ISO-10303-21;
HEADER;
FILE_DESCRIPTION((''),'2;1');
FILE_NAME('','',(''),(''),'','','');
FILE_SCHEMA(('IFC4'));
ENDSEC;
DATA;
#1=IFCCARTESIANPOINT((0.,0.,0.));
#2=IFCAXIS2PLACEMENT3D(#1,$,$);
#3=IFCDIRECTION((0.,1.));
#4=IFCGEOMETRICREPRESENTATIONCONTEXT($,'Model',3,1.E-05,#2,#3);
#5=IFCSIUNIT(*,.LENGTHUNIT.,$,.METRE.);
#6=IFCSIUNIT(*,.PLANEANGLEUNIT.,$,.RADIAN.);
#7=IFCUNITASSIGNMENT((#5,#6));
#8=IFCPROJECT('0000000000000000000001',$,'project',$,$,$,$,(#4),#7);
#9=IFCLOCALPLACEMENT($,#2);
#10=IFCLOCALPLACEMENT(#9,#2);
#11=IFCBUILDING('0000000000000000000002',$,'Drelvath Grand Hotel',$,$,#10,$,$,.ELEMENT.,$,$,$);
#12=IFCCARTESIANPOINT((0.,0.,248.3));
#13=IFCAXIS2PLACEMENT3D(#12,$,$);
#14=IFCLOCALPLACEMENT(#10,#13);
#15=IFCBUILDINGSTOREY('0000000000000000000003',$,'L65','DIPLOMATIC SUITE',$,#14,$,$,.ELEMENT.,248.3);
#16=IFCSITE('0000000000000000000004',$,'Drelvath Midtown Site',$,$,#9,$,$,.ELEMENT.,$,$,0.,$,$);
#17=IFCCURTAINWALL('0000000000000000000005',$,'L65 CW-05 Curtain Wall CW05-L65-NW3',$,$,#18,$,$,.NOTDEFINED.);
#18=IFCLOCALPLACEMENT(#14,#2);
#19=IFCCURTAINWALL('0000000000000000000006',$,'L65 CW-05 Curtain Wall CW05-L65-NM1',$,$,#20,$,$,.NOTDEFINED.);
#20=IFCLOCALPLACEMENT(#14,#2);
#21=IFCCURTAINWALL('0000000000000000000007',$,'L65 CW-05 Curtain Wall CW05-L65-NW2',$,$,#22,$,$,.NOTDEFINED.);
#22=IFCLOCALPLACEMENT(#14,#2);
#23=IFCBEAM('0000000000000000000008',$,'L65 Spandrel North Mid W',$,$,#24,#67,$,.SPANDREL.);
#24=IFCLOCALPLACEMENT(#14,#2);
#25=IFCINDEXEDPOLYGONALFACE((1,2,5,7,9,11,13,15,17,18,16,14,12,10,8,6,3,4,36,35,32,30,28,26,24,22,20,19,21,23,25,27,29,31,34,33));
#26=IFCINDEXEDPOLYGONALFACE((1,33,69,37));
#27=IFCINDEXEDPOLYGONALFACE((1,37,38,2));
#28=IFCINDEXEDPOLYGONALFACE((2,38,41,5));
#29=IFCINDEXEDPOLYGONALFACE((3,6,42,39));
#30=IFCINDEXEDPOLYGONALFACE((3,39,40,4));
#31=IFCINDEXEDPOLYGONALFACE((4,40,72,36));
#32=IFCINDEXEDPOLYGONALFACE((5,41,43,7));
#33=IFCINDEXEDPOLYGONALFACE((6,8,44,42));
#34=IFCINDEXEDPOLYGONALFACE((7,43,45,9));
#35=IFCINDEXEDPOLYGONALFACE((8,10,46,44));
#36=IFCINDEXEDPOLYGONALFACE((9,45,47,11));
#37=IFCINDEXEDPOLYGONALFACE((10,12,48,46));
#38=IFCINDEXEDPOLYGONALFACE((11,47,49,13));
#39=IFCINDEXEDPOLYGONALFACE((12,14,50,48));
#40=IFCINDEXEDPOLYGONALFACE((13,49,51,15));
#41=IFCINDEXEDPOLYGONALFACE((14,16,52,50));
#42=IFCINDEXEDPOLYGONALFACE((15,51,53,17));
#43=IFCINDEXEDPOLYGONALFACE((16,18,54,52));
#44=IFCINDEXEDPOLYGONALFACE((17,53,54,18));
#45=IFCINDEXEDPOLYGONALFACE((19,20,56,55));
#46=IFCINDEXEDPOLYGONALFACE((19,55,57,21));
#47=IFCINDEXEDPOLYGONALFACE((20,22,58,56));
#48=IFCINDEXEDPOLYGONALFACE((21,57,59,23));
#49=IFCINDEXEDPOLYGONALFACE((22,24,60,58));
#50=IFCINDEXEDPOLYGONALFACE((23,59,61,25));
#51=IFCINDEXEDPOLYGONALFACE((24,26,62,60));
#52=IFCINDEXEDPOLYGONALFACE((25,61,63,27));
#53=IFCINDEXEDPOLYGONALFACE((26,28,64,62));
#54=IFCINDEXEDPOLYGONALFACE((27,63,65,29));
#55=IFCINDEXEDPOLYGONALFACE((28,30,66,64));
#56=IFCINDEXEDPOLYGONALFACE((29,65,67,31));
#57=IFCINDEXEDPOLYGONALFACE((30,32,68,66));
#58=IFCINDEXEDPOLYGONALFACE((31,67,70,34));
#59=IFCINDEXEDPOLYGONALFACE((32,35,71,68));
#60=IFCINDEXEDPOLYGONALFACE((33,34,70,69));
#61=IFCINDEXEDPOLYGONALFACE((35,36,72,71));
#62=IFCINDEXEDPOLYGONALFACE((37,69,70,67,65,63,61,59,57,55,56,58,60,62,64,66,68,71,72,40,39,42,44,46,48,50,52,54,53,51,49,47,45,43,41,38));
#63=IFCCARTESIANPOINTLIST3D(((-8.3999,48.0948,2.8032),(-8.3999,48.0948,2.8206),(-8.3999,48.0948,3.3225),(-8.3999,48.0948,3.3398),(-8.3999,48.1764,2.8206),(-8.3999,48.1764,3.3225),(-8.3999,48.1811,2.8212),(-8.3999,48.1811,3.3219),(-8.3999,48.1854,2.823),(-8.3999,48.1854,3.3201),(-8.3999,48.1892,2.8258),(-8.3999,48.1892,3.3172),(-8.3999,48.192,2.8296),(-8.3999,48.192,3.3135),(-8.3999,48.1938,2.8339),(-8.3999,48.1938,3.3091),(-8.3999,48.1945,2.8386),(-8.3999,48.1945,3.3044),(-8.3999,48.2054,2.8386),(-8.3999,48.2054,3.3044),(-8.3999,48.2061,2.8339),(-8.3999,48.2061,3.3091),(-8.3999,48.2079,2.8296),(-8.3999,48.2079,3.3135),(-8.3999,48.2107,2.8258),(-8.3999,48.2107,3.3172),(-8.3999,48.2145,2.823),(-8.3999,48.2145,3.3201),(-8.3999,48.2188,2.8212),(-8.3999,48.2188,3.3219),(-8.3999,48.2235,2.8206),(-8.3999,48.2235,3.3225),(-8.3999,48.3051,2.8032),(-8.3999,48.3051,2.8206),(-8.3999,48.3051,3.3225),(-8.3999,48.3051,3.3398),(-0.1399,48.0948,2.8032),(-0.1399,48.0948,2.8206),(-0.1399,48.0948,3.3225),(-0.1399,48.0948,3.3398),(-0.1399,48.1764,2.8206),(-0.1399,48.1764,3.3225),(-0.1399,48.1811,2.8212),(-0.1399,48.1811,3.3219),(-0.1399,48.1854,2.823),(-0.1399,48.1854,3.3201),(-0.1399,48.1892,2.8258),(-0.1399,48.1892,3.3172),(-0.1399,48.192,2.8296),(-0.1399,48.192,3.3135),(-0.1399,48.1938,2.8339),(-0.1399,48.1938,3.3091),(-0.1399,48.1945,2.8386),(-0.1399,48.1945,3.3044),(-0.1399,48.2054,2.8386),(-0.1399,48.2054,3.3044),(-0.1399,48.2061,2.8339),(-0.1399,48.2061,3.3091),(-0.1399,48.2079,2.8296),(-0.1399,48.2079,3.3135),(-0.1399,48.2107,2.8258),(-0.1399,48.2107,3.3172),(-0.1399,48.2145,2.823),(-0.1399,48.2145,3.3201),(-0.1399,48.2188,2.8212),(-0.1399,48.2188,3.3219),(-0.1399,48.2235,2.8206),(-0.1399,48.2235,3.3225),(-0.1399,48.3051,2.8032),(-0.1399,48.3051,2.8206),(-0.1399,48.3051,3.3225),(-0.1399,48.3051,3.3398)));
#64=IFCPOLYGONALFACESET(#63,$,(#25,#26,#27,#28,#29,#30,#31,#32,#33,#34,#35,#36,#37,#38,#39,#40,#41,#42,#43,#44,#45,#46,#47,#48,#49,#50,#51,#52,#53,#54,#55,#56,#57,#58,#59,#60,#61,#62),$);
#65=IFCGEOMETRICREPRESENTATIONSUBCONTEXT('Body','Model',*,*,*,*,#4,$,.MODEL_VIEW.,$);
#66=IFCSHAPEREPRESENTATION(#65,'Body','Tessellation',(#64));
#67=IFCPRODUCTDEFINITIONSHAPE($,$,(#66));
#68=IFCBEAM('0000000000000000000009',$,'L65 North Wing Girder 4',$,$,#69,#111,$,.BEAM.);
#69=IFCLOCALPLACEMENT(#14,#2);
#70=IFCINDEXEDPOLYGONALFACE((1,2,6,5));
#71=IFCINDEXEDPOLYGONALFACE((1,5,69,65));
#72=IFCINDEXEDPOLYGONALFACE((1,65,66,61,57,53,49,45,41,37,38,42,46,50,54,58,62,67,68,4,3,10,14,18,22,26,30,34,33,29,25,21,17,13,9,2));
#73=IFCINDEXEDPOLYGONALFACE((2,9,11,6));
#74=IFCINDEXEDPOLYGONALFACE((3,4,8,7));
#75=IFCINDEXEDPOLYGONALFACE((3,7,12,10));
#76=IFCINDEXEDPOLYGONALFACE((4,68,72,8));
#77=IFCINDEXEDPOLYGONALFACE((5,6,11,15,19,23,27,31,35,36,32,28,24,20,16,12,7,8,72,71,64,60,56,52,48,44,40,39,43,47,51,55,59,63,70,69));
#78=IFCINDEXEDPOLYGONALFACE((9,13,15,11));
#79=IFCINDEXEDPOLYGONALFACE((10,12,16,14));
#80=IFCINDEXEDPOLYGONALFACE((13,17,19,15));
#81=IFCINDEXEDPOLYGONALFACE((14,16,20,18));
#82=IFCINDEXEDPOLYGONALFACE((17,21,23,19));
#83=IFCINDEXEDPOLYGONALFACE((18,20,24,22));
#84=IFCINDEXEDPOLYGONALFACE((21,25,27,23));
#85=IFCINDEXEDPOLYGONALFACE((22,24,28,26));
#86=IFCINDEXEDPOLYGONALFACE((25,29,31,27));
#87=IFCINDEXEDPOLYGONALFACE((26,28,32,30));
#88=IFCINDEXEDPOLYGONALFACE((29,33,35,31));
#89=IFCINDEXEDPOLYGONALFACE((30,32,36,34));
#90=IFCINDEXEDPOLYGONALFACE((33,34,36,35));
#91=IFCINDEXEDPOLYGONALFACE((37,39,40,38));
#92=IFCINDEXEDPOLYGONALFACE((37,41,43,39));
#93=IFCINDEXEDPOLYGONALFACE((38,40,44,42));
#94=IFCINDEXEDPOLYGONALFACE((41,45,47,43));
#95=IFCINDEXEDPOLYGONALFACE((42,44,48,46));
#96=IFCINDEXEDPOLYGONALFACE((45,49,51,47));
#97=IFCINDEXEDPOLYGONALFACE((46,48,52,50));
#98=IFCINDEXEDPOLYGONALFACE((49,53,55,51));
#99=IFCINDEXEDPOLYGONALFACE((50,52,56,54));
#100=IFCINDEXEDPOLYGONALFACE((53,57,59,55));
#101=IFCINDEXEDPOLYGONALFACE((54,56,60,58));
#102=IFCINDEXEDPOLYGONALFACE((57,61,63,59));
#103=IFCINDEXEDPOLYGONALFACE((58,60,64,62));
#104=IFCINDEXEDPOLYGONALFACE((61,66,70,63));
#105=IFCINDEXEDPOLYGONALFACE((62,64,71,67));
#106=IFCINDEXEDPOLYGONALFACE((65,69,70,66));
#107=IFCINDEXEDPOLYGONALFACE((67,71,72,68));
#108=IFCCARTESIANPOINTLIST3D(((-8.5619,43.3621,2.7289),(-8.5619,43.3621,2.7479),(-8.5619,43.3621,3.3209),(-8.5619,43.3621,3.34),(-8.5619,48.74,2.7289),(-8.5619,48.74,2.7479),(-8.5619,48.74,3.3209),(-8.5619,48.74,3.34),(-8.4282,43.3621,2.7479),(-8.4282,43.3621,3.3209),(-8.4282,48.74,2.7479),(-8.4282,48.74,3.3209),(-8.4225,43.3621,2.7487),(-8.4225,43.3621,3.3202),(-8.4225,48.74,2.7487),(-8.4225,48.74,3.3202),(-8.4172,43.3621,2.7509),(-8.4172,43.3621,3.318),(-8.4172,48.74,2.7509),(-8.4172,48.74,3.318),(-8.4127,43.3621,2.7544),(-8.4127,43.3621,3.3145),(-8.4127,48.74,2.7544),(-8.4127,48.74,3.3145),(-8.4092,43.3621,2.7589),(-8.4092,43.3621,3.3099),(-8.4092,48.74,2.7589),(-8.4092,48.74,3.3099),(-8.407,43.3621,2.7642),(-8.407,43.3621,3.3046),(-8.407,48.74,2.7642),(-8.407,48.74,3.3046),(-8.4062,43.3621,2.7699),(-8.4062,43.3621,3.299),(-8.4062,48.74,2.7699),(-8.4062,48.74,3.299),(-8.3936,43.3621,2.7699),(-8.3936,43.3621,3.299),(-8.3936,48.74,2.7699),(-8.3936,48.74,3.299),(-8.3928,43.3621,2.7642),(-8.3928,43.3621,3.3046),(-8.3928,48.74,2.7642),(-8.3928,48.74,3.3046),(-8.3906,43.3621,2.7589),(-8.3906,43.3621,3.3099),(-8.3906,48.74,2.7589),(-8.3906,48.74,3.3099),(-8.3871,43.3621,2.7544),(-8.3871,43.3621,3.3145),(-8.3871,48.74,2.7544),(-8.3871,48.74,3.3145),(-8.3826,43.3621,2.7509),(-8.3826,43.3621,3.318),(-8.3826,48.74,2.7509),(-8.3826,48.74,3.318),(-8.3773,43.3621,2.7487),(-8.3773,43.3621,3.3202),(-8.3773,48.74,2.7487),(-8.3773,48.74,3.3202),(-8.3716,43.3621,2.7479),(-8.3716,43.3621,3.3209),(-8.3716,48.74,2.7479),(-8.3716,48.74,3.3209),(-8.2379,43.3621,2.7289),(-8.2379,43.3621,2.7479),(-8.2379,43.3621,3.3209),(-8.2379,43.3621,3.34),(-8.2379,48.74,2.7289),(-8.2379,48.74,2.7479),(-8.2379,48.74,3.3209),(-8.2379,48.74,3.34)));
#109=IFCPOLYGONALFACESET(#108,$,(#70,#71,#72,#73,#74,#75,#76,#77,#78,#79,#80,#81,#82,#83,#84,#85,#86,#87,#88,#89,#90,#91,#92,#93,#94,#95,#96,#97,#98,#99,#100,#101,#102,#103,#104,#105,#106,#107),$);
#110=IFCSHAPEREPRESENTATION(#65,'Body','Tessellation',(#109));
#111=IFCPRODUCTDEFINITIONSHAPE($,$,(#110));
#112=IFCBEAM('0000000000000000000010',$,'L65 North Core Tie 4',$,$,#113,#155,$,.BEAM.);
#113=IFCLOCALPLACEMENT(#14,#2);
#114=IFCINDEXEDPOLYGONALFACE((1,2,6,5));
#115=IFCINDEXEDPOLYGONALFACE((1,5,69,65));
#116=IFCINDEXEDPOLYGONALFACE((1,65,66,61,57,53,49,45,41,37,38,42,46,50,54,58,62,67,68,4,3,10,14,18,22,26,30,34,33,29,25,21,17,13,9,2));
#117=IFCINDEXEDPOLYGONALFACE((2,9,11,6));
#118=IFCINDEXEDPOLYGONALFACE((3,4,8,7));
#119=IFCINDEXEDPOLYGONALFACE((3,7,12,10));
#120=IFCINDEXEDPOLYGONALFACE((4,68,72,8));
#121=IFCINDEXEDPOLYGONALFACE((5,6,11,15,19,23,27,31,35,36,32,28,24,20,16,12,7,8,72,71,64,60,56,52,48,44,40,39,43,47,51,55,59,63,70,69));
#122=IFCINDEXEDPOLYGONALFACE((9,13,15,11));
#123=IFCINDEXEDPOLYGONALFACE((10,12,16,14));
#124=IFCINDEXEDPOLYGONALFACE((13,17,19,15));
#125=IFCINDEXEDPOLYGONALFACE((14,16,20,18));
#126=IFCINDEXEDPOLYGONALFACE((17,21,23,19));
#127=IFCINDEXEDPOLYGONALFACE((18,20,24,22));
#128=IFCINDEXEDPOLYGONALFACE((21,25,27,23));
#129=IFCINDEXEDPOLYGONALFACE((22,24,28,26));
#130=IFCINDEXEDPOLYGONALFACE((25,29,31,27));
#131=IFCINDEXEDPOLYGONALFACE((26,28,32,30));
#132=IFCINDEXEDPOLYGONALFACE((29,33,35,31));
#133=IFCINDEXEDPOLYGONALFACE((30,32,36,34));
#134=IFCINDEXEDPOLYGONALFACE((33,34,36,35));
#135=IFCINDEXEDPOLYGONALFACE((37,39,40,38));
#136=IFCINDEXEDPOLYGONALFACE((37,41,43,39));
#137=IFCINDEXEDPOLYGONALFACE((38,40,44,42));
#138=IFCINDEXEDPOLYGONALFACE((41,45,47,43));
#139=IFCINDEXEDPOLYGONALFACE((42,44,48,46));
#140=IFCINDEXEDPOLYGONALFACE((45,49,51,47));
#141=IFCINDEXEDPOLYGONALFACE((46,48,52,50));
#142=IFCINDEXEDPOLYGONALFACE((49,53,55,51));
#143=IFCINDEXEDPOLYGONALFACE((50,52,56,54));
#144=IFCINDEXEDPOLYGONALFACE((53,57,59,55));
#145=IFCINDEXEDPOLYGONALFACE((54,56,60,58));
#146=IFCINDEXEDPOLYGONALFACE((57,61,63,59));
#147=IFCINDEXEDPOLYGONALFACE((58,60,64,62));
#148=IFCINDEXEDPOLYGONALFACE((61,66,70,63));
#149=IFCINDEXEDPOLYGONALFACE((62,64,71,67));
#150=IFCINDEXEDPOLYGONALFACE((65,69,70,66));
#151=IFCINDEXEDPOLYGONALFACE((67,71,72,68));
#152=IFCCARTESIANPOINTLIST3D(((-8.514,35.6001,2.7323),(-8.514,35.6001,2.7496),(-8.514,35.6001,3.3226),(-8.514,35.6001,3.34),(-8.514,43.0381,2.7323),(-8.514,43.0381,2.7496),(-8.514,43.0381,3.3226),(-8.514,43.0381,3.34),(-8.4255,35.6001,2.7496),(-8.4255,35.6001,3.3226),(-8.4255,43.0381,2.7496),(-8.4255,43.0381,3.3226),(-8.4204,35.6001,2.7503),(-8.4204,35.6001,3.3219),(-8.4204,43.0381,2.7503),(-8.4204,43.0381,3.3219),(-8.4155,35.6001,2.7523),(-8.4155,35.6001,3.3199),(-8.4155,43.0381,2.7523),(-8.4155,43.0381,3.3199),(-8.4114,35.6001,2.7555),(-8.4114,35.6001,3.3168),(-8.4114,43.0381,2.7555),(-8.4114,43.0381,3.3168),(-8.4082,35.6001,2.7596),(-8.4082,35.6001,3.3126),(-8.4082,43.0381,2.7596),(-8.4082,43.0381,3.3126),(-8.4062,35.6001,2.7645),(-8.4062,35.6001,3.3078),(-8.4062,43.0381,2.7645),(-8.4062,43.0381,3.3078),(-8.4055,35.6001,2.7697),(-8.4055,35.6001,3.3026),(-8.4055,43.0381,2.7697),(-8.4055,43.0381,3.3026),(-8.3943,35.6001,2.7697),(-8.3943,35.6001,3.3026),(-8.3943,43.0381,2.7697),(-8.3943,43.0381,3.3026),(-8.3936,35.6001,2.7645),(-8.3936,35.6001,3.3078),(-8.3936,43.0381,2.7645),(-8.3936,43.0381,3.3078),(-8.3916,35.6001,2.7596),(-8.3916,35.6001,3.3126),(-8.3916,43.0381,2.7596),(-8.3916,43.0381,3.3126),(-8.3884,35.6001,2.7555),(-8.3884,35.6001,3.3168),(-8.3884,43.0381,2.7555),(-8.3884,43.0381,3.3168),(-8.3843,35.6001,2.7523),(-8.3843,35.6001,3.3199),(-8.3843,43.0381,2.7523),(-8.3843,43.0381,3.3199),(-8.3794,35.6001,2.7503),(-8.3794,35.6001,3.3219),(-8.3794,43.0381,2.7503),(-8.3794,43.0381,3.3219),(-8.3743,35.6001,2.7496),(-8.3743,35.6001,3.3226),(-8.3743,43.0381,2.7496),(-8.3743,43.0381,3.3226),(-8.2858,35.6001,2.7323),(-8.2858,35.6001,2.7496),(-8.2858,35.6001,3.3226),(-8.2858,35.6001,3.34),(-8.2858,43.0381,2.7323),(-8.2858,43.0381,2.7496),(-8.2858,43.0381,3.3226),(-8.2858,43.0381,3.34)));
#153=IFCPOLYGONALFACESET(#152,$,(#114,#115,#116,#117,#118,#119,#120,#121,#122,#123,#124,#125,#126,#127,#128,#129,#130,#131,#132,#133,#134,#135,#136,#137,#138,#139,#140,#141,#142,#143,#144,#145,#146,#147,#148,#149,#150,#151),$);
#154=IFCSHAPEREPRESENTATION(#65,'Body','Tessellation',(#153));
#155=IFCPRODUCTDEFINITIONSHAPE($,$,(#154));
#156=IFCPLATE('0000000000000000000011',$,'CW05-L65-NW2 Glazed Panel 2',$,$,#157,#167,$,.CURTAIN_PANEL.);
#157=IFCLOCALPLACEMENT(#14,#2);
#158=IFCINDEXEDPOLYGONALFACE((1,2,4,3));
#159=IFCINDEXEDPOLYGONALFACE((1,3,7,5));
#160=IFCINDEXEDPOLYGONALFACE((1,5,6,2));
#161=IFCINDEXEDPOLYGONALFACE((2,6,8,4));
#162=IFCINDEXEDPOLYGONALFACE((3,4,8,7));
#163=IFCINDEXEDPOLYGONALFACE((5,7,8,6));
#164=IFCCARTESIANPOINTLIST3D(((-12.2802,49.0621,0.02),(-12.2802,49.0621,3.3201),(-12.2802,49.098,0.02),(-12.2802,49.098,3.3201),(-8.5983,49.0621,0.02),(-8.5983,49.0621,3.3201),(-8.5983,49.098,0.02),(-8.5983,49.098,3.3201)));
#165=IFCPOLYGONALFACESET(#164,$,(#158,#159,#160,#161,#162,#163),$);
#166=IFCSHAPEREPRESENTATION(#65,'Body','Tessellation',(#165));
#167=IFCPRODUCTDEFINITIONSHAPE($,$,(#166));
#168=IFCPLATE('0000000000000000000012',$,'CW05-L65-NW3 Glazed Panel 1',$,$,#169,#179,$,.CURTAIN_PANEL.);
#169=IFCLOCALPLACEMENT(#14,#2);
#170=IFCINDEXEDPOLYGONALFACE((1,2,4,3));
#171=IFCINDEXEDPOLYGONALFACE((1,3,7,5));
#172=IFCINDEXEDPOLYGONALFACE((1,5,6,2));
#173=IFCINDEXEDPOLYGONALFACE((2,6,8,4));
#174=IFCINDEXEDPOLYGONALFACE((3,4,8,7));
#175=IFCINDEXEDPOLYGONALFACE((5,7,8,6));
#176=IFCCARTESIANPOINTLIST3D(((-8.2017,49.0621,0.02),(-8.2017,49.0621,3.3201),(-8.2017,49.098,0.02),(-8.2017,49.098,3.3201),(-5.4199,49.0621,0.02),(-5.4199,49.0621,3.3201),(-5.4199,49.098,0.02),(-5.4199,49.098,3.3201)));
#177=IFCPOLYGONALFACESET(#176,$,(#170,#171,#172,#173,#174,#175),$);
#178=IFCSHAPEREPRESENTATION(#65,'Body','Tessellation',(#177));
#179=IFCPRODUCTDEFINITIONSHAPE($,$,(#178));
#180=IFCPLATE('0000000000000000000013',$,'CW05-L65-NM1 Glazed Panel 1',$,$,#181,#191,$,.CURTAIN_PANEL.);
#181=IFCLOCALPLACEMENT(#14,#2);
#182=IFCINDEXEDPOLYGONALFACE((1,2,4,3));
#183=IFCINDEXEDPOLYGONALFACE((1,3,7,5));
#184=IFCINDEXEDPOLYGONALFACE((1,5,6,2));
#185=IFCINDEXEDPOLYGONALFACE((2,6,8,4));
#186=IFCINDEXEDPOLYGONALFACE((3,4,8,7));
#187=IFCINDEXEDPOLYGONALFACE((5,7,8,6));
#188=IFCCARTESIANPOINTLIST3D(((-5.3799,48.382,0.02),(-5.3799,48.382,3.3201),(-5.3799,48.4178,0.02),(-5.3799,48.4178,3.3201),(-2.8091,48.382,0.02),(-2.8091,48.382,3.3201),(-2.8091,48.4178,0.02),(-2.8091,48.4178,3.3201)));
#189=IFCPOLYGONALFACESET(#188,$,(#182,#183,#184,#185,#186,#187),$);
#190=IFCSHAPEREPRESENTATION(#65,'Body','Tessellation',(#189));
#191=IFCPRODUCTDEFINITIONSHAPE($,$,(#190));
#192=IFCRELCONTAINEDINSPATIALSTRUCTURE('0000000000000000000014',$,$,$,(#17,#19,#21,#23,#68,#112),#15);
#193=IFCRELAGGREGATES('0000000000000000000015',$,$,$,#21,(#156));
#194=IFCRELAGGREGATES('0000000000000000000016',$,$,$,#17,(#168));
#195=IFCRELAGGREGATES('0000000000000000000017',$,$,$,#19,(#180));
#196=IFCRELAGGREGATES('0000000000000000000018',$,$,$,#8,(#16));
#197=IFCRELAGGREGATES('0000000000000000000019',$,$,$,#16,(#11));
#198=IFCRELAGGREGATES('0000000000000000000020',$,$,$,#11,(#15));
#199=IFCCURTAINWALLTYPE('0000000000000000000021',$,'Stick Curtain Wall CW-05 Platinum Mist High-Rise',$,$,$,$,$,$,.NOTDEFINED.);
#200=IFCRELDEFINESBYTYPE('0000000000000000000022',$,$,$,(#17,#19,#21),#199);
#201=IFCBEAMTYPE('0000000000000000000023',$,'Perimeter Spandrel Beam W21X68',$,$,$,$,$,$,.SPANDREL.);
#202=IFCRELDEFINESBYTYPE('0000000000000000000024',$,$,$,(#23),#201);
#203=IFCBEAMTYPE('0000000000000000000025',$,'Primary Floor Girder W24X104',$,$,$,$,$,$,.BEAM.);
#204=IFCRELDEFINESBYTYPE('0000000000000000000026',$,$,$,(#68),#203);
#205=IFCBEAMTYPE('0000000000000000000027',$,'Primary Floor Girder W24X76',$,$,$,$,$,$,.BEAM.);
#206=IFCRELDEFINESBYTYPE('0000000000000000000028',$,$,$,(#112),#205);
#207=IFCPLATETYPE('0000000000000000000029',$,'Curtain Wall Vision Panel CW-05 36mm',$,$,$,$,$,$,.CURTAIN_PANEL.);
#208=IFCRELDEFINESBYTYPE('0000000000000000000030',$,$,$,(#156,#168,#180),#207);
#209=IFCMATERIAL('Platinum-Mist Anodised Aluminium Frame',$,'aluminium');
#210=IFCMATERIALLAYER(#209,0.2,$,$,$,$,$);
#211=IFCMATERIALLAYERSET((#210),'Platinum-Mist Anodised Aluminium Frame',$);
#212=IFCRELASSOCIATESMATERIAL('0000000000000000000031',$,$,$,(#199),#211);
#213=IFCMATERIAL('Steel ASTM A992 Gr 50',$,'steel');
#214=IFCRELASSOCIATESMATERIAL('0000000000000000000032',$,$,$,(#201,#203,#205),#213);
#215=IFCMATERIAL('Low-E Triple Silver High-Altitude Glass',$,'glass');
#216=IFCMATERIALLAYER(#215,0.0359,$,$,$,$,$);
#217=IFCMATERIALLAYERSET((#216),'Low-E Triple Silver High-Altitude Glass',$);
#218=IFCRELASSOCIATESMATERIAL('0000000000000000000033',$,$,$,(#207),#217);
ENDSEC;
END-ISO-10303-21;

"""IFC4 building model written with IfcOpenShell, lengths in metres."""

from ifc_helpers import new_model, si_unit, direction, frame, origin, origin_2d, place, context, subcontext, project, spatial, rectangle, i_section, extrude, material, layer, layer_set, material_profile, profile_set, type_object, element, aggregate, save


model = new_model("IFC4")

# Units and contexts
model_context = context("Model", 3, precision=1e-05, world=origin(), true_north=direction((0.0, 1.0)))
body_context = subcontext(model_context, "Body", "Model", "MODEL_VIEW")
ifc_project = project(units=[si_unit("LENGTHUNIT", "METRE"), si_unit("PLANEANGLEUNIT", "RADIAN")], contexts=[model_context])

# Site, building, storey
site_placement = place(None, origin())
site = spatial("IfcSite", under=ifc_project, at=site_placement, Name="Drelvath Midtown Site", CompositionType="ELEMENT", RefElevation=0.0)
building_placement = place(site_placement, origin())
building = spatial("IfcBuilding", under=site, at=building_placement, Name="Drelvath Grand Hotel", CompositionType="ELEMENT")
storey_placement = place(building_placement, frame((0.0, 0.0, 248.3)))
storey = spatial("IfcBuildingStorey", under=building, at=storey_placement, Name="L65", Description="DIPLOMATIC SUITE", CompositionType="ELEMENT", Elevation=248.3)

# Curtain walls
ifc_material_1 = material(Name="Platinum-Mist Anodised Aluminium Frame", Category="aluminium")
ifc_layer_1 = layer(ifc_material_1, 0.2)
ifc_layer_set_1 = layer_set([ifc_layer_1], Name="Platinum-Mist Anodised Aluminium Frame")
curtain_wall_type = type_object("IfcCurtainWallType", Name="Stick Curtain Wall CW-05 Platinum Mist High-Rise", PredefinedType="NOTDEFINED", material=ifc_layer_set_1)
curtain_wall_1_placement = place(storey_placement, origin())
curtain_wall_1 = element("IfcCurtainWall", 1, at=curtain_wall_1_placement, inside=storey, type_object=curtain_wall_type, Name="L65 CW-05 Curtain Wall CW05-L65-NW3", PredefinedType="NOTDEFINED")
curtain_wall_2_placement = place(storey_placement, origin())
curtain_wall_2 = element("IfcCurtainWall", 2, at=curtain_wall_2_placement, inside=storey, type_object=curtain_wall_type, Name="L65 CW-05 Curtain Wall CW05-L65-NM1", PredefinedType="NOTDEFINED")

# Curtain wall
curtain_wall_3_placement = place(storey_placement, origin())
curtain_wall_3 = element("IfcCurtainWall", 3, at=curtain_wall_3_placement, inside=storey, type_object=curtain_wall_type, Name="L65 CW-05 Curtain Wall CW05-L65-NW2", PredefinedType="NOTDEFINED")

# Beams
ifc_material_2 = material(Name="Steel ASTM A992 Gr 50", Category="steel")
ifc_material_profile_1 = material_profile(ifc_material_2, i_section(OverallWidth=0.2102, OverallDepth=0.5366, WebThickness=0.011, FlangeThickness=0.0173, FilletRadius=0.0181, at=origin_2d()), Name="W21X68")
ifc_profile_set_1 = profile_set([ifc_material_profile_1], Name="Steel ASTM A992 Gr 50")
beam_type_1 = type_object("IfcBeamType", Name="Perimeter Spandrel Beam W21X68", PredefinedType="SPANDREL", material=ifc_profile_set_1)
beam_1_placement = place(storey_placement, frame((-8.3999, 48.2, 3.0715), z_axis=(1.0, 0.0, 0.0), x_axis=(0.0, 1.0, 0.0)))
element("IfcBeam", 4, at=beam_1_placement, inside=storey, type_object=beam_type_1, Name="L65 Spandrel North Mid W", PredefinedType="SPANDREL", context=body_context, shape_type="SweptSolid", body=[
    extrude(i_section(OverallWidth=0.2102, OverallDepth=0.5366, WebThickness=0.011, FlangeThickness=0.0173, FilletRadius=0.0181, at=origin_2d()), origin(), (0.0, 0.0, 1.0), 8.26),
])
ifc_material_profile_2 = material_profile(ifc_material_2, i_section(OverallWidth=0.324, OverallDepth=0.6111, WebThickness=0.0127, FlangeThickness=0.019, FilletRadius=0.022, at=origin_2d()), Name="W24X104")
ifc_profile_set_2 = profile_set([ifc_material_profile_2], Name="Steel ASTM A992 Gr 50")
beam_type_2 = type_object("IfcBeamType", Name="Primary Floor Girder W24X104", PredefinedType="BEAM", material=ifc_profile_set_2)
beam_2_placement = place(storey_placement, frame((-8.3999, 43.3621, 3.0344), z_axis=(0.0, 1.0, 0.0), x_axis=(-1.0, 0.0, 0.0)))
element("IfcBeam", 5, at=beam_2_placement, inside=storey, type_object=beam_type_2, Name="L65 North Wing Girder 4", PredefinedType="BEAM", context=body_context, shape_type="SweptSolid", body=[
    extrude(i_section(OverallWidth=0.324, OverallDepth=0.6111, WebThickness=0.0127, FlangeThickness=0.019, FilletRadius=0.022, at=origin_2d()), origin(), (0.0, 0.0, 1.0), 5.3779),
])
ifc_material_profile_3 = material_profile(ifc_material_2, i_section(OverallWidth=0.2283, OverallDepth=0.6077, WebThickness=0.0112, FlangeThickness=0.0173, FilletRadius=0.02, at=origin_2d()), Name="W24X76")
ifc_profile_set_3 = profile_set([ifc_material_profile_3], Name="Steel ASTM A992 Gr 50")
beam_type_3 = type_object("IfcBeamType", Name="Primary Floor Girder W24X76", PredefinedType="BEAM", material=ifc_profile_set_3)
beam_3_placement = place(storey_placement, frame((-8.3999, 35.6001, 3.0361), z_axis=(0.0, 1.0, 0.0), x_axis=(-1.0, 0.0, 0.0)))
element("IfcBeam", 6, at=beam_3_placement, inside=storey, type_object=beam_type_3, Name="L65 North Core Tie 4", PredefinedType="BEAM", context=body_context, shape_type="SweptSolid", body=[
    extrude(i_section(OverallWidth=0.2283, OverallDepth=0.6077, WebThickness=0.0112, FlangeThickness=0.0173, FilletRadius=0.02, at=origin_2d()), origin(), (0.0, 0.0, 1.0), 7.438),
])

# Plates
ifc_material_3 = material(Name="Low-E Triple Silver High-Altitude Glass", Category="glass")
ifc_layer_2 = layer(ifc_material_3, 0.0359)
ifc_layer_set_2 = layer_set([ifc_layer_2], Name="Low-E Triple Silver High-Altitude Glass")
plate_type = type_object("IfcPlateType", Name="Curtain Wall Vision Panel CW-05 36mm", PredefinedType="CURTAIN_PANEL", material=ifc_layer_set_2)
plate_1_placement = place(storey_placement, frame((-10.4392, 49.0801, 0.02), z_axis=(0.0, 0.0, 1.0), x_axis=(1.0, 0.0, 0.0)))
plate_1 = element("IfcPlate", 7, at=plate_1_placement, type_object=plate_type, Name="CW05-L65-NW2 Glazed Panel 2", PredefinedType="CURTAIN_PANEL", context=body_context, shape_type="SweptSolid", body=[
    extrude(rectangle(XDim=3.6819, YDim=0.0359, at=origin_2d()), origin(), (0.0, 0.0, 1.0), 3.3),
])
aggregate(curtain_wall_3, [plate_1])
plate_2_placement = place(storey_placement, frame((-6.8108, 49.0801, 0.02), z_axis=(0.0, 0.0, 1.0), x_axis=(1.0, 0.0, 0.0)))
plate_2 = element("IfcPlate", 8, at=plate_2_placement, type_object=plate_type, Name="CW05-L65-NW3 Glazed Panel 1", PredefinedType="CURTAIN_PANEL", context=body_context, shape_type="SweptSolid", body=[
    extrude(rectangle(XDim=2.7817, YDim=0.0359, at=origin_2d()), origin(), (0.0, 0.0, 1.0), 3.3),
])
aggregate(curtain_wall_1, [plate_2])
plate_3_placement = place(storey_placement, frame((-4.0945, 48.3999, 0.02), z_axis=(0.0, 0.0, 1.0), x_axis=(1.0, 0.0, 0.0)))
plate_3 = element("IfcPlate", 9, at=plate_3_placement, type_object=plate_type, Name="CW05-L65-NM1 Glazed Panel 1", PredefinedType="CURTAIN_PANEL", context=body_context, shape_type="SweptSolid", body=[
    extrude(rectangle(XDim=2.5708, YDim=0.0359, at=origin_2d()), origin(), (0.0, 0.0, 1.0), 3.3),
])
aggregate(curtain_wall_2, [plate_3])

save(model, "model.ifc")
